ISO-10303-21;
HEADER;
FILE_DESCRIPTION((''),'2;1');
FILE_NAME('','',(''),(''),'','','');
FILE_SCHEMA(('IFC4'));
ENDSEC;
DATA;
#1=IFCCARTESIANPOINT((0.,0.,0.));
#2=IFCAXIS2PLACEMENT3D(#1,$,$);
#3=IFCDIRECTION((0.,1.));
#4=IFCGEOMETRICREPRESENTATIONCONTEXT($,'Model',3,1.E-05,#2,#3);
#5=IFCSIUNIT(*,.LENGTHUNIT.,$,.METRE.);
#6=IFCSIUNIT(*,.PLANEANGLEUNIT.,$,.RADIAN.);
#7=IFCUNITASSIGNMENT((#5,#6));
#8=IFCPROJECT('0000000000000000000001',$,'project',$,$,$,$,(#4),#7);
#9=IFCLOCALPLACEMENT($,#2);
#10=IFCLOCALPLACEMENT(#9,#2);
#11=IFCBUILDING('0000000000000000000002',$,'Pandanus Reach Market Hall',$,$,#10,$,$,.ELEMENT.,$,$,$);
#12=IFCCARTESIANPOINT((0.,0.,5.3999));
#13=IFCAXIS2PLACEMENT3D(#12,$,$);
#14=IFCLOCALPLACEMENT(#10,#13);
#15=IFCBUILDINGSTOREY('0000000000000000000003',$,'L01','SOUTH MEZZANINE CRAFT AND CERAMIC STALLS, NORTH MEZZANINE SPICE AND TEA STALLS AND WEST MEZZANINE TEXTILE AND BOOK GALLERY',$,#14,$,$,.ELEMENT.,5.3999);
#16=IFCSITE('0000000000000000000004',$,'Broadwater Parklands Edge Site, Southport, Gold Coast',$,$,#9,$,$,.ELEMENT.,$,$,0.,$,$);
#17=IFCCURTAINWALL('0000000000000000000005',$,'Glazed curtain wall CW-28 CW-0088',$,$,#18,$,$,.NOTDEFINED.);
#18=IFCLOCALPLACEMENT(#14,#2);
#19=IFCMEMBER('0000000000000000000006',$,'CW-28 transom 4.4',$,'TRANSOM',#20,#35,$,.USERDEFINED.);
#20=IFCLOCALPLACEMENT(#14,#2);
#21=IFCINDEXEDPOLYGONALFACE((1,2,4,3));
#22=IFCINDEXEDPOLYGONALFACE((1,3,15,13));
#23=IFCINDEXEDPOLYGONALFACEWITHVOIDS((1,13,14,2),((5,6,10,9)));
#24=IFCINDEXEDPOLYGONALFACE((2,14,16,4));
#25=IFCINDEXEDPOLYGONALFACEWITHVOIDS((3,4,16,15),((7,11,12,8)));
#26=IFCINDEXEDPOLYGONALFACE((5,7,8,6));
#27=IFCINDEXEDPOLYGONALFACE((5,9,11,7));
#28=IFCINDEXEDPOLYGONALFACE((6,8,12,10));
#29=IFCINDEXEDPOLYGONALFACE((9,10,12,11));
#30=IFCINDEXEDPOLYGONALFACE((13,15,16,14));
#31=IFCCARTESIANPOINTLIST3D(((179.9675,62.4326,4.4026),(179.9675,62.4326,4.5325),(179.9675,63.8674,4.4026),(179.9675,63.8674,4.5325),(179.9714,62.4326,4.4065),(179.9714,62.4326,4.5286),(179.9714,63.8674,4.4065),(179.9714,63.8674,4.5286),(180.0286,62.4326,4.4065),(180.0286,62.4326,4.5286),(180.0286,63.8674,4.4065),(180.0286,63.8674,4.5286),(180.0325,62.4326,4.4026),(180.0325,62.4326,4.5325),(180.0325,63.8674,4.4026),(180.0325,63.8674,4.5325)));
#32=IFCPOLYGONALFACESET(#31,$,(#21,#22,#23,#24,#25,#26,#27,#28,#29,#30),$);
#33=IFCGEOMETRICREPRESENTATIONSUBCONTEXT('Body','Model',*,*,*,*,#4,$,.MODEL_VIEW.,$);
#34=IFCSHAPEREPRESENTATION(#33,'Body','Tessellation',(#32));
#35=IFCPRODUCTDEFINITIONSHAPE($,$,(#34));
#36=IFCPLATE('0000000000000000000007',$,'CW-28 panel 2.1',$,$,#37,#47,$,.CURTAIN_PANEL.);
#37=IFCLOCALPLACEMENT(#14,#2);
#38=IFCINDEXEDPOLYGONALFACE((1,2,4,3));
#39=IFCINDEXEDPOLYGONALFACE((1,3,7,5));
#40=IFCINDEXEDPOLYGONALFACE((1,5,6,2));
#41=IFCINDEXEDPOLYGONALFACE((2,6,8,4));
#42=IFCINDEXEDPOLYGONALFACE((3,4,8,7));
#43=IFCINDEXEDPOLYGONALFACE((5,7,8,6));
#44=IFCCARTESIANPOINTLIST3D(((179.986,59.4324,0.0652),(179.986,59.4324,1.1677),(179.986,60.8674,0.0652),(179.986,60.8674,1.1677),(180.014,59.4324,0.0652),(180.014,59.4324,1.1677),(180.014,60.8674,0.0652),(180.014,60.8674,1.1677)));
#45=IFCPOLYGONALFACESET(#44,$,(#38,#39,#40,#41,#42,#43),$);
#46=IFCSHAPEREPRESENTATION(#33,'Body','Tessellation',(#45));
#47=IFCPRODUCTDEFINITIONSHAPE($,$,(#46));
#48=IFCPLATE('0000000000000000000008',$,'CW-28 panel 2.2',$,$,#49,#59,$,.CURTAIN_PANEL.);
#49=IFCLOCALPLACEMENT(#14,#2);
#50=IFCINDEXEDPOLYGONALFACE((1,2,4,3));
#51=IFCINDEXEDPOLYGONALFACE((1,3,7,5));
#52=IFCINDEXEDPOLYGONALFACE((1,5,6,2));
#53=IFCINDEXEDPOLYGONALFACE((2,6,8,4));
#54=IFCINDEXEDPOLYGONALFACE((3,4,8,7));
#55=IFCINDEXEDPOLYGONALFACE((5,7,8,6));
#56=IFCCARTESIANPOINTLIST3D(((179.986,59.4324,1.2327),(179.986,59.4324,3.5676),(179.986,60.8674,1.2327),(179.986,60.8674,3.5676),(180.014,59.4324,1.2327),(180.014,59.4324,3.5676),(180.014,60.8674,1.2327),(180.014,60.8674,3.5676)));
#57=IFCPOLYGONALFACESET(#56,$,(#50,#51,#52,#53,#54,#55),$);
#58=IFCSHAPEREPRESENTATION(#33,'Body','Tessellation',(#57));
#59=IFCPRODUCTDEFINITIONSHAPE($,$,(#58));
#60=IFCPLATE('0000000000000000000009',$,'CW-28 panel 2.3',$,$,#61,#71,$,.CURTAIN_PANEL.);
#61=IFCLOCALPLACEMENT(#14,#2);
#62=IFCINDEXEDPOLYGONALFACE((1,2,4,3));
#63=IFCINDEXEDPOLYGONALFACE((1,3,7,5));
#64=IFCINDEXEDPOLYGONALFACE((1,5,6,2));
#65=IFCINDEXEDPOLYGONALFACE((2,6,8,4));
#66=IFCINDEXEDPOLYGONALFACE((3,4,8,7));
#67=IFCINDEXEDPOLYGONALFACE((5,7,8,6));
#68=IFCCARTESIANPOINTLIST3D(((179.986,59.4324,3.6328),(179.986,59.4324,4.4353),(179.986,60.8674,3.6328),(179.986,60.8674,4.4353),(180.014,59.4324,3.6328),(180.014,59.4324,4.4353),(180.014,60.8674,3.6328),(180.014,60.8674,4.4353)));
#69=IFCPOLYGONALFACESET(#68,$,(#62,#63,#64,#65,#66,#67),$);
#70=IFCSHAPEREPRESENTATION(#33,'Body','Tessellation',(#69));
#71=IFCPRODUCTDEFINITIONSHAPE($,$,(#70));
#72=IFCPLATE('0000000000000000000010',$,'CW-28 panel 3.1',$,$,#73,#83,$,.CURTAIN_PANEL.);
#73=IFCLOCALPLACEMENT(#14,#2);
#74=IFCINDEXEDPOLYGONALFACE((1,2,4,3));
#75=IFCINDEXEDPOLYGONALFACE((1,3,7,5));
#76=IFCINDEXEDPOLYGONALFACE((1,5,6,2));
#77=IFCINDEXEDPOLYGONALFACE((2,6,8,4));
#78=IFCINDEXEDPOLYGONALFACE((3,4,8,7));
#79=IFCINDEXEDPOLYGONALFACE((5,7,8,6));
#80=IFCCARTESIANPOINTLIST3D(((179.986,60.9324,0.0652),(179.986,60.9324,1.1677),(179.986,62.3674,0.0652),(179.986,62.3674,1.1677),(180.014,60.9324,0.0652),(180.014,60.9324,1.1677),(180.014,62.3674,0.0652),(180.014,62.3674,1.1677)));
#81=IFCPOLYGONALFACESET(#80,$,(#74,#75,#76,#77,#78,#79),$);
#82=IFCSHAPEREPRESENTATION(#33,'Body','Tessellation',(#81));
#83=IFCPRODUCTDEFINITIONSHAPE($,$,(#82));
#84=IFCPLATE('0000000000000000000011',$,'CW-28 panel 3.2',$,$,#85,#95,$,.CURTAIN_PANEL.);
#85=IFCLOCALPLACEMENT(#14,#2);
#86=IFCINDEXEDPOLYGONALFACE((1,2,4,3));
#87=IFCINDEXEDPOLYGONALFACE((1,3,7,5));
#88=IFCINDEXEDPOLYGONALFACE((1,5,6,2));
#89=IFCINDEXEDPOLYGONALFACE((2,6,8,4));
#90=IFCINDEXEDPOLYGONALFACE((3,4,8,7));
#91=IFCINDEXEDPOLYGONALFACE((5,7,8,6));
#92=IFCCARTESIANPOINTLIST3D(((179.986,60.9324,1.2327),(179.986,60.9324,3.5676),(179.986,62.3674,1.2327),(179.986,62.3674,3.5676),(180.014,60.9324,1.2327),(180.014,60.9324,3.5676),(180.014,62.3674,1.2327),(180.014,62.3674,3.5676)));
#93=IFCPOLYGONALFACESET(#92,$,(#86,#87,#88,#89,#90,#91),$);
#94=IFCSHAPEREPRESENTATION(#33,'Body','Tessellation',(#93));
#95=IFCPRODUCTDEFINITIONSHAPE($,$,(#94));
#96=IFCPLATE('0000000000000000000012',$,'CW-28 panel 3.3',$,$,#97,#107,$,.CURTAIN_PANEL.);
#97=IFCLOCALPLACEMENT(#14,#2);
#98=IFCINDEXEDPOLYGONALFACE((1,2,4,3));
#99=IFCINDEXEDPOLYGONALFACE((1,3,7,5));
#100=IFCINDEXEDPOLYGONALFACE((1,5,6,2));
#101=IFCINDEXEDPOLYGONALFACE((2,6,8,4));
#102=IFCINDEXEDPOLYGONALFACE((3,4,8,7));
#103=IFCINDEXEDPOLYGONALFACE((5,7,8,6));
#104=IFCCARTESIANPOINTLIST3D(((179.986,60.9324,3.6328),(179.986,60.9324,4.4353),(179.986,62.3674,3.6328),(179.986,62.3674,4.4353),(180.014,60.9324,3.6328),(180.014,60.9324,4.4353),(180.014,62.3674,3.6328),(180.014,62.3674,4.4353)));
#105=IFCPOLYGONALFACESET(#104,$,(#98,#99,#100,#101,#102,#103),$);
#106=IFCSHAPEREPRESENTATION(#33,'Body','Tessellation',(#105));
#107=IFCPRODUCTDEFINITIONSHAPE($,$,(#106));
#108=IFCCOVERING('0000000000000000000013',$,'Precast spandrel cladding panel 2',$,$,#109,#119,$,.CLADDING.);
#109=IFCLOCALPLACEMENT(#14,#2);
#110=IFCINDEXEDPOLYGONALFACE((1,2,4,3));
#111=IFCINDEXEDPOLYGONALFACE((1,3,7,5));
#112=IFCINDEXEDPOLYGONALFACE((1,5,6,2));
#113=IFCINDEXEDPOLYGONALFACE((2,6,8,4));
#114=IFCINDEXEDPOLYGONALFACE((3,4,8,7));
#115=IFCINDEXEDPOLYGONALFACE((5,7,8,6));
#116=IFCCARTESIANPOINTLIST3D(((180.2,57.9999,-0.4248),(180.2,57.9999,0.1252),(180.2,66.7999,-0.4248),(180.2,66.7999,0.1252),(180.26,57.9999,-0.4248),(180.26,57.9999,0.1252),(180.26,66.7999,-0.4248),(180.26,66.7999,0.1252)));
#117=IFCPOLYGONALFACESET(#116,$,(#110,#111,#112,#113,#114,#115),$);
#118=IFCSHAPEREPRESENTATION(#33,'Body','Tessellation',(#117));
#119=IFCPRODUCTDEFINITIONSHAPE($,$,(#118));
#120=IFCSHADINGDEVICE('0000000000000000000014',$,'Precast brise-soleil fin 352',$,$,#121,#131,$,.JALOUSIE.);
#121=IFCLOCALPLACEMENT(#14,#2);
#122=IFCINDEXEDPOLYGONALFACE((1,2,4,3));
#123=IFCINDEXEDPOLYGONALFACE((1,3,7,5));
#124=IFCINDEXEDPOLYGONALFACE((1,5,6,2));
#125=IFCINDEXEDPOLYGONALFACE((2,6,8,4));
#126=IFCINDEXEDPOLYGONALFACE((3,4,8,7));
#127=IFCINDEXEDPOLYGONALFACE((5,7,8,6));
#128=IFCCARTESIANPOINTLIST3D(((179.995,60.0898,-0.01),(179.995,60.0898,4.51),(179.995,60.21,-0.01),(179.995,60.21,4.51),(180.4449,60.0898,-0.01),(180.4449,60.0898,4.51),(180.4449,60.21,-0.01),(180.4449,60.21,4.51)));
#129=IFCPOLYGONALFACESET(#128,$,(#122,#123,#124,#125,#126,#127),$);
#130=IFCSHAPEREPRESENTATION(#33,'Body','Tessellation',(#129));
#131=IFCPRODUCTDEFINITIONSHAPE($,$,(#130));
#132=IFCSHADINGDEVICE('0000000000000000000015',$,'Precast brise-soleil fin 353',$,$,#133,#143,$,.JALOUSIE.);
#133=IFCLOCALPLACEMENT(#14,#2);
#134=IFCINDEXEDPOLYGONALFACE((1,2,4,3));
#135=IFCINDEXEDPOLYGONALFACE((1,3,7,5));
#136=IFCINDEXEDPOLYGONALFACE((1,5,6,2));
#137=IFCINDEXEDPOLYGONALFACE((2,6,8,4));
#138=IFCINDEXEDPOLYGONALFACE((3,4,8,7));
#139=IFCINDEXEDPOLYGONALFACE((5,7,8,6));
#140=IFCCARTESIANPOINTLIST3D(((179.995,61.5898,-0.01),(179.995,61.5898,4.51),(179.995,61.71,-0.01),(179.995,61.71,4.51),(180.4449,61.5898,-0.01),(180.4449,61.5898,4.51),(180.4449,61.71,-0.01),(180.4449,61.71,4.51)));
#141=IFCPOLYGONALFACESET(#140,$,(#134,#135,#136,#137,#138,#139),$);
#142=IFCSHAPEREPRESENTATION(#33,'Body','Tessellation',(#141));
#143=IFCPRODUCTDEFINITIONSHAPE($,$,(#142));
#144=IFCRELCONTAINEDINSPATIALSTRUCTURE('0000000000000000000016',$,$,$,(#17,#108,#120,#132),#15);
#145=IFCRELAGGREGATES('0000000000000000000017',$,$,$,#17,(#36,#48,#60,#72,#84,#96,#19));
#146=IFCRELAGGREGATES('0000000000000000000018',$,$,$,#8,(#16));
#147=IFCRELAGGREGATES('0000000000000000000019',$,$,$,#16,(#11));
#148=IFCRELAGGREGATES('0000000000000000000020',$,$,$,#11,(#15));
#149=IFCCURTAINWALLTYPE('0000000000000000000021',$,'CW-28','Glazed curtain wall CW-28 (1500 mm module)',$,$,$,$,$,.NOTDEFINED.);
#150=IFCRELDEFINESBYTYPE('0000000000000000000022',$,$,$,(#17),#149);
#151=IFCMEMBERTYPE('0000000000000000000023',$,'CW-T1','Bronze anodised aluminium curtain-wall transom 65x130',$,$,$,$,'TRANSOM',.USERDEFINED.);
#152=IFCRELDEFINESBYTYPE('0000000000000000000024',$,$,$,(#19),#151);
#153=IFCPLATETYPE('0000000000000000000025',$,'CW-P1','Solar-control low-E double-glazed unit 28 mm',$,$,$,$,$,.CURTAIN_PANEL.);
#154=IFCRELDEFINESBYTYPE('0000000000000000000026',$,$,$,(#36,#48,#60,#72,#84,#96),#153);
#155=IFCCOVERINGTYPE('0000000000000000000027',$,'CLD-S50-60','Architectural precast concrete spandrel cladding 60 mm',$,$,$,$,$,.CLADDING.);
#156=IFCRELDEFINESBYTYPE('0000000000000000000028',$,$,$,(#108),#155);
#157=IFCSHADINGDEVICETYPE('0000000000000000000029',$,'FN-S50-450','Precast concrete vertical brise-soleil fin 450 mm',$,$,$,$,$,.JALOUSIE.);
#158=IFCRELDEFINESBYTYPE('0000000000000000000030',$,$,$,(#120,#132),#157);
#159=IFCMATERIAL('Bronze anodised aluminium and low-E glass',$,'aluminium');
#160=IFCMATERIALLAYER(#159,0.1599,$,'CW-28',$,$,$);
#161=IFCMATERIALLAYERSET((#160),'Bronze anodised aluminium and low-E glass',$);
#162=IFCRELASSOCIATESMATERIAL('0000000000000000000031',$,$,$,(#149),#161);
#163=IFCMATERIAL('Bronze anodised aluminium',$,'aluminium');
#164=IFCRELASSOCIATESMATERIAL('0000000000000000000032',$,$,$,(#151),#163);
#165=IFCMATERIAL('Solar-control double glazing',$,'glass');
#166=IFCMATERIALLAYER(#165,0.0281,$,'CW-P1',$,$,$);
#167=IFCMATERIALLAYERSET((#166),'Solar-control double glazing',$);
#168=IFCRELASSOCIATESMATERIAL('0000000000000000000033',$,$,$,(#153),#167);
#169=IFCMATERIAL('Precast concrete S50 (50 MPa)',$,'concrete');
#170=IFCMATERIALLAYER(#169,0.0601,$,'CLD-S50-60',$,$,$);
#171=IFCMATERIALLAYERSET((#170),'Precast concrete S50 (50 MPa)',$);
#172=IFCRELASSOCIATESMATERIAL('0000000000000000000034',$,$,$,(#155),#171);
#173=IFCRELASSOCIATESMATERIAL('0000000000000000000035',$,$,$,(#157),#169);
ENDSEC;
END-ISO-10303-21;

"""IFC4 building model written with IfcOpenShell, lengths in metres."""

from ifc_helpers import new_model, si_unit, direction, frame, origin, origin_2d, place, context, subcontext, project, spatial, rectangle, hollow_rectangle, extrude, material, layer, layer_set, material_profile, profile_set, type_object, element, aggregate, save


model = new_model("IFC4")

# Units and contexts
model_context = context("Model", 3, precision=1e-05, world=origin(), true_north=direction((0.0, 1.0)))
body_context = subcontext(model_context, "Body", "Model", "MODEL_VIEW")
ifc_project = project(units=[si_unit("LENGTHUNIT", "METRE"), si_unit("PLANEANGLEUNIT", "RADIAN")], contexts=[model_context])

# Site, building, storey
site_placement = place(None, origin())
site = spatial("IfcSite", under=ifc_project, at=site_placement, Name="Broadwater Parklands Edge Site, Southport, Gold Coast", CompositionType="ELEMENT", RefElevation=0.0)
building_placement = place(site_placement, origin())
building = spatial("IfcBuilding", under=site, at=building_placement, Name="Pandanus Reach Market Hall", CompositionType="ELEMENT")
storey_placement = place(building_placement, frame((0.0, 0.0, 5.3999)))
storey = spatial("IfcBuildingStorey", under=building, at=storey_placement, Name="L01", Description="SOUTH MEZZANINE CRAFT AND CERAMIC STALLS, NORTH MEZZANINE SPICE AND TEA STALLS AND WEST MEZZANINE TEXTILE AND BOOK GALLERY", CompositionType="ELEMENT", Elevation=5.3999)

# Curtain wall, member, plates
ifc_material_1 = material(Name="Bronze anodised aluminium and low-E glass", Category="aluminium")
ifc_layer_1 = layer(ifc_material_1, 0.1599, Name="CW-28")
ifc_layer_set_1 = layer_set([ifc_layer_1], Name="Bronze anodised aluminium and low-E glass")
curtain_wall_type = type_object("IfcCurtainWallType", Name="CW-28", Description="Glazed curtain wall CW-28 (1500 mm module)", PredefinedType="NOTDEFINED", material=ifc_layer_set_1)
curtain_wall_placement = place(storey_placement, origin())
curtain_wall = element("IfcCurtainWall", 1, at=curtain_wall_placement, inside=storey, type_object=curtain_wall_type, Name="Glazed curtain wall CW-28 CW-0088", PredefinedType="NOTDEFINED")
ifc_material_2 = material(Name="Bronze anodised aluminium", Category="aluminium")
ifc_material_profile_1 = material_profile(ifc_material_2, hollow_rectangle(XDim=0.0649, YDim=0.1299, WallThickness=0.0039, at=origin_2d()), Name="ALU65x130", Category="LoadBearing")
ifc_profile_set_1 = profile_set([ifc_material_profile_1], Name="Bronze anodised aluminium")
member_type_1 = type_object("IfcMemberType", Name="CW-T1", Description="Bronze anodised aluminium curtain-wall transom 65x130", ElementType="TRANSOM", PredefinedType="USERDEFINED", material=ifc_profile_set_1)
member_1_placement = place(storey_placement, frame((180.0, 62.4326, 4.4675), z_axis=(0.0, 1.0, 0.0), x_axis=(-1.0, 0.0, 0.0)))
member_1 = element("IfcMember", 2, at=member_1_placement, type_object=member_type_1, Name="CW-28 transom 4.4", ObjectType="TRANSOM", PredefinedType="USERDEFINED", context=body_context, shape_type="SweptSolid", body=[
    extrude(hollow_rectangle(XDim=0.0649, YDim=0.1299, WallThickness=0.0039, at=origin_2d()), origin(), (0.0, 0.0, 1.0), 1.4348),
])
ifc_material_3 = material(Name="Solar-control double glazing", Category="glass")
ifc_layer_2 = layer(ifc_material_3, 0.0281, Name="CW-P1")
ifc_layer_set_2 = layer_set([ifc_layer_2], Name="Solar-control double glazing")
plate_type = type_object("IfcPlateType", Name="CW-P1", Description="Solar-control low-E double-glazed unit 28 mm", PredefinedType="CURTAIN_PANEL", material=ifc_layer_set_2)
plate_1_placement = place(storey_placement, frame((180.0, 60.1499, 0.0652), z_axis=(0.0, 0.0, 1.0), x_axis=(0.0, 1.0, 0.0)))
plate_1 = element("IfcPlate", 3, at=plate_1_placement, type_object=plate_type, Name="CW-28 panel 2.1", PredefinedType="CURTAIN_PANEL", context=body_context, shape_type="SweptSolid", body=[
    extrude(rectangle(XDim=1.4351, YDim=0.0281, at=origin_2d()), origin(), (0.0, 0.0, 1.0), 1.1025),
])
plate_2_placement = place(storey_placement, frame((180.0, 60.1499, 1.2327), z_axis=(0.0, 0.0, 1.0), x_axis=(0.0, 1.0, 0.0)))
plate_2 = element("IfcPlate", 4, at=plate_2_placement, type_object=plate_type, Name="CW-28 panel 2.2", PredefinedType="CURTAIN_PANEL", context=body_context, shape_type="SweptSolid", body=[
    extrude(rectangle(XDim=1.4351, YDim=0.0281, at=origin_2d()), origin(), (0.0, 0.0, 1.0), 2.335),
])
plate_3_placement = place(storey_placement, frame((180.0, 60.1499, 3.6328), z_axis=(0.0, 0.0, 1.0), x_axis=(0.0, 1.0, 0.0)))
plate_3 = element("IfcPlate", 5, at=plate_3_placement, type_object=plate_type, Name="CW-28 panel 2.3", PredefinedType="CURTAIN_PANEL", context=body_context, shape_type="SweptSolid", body=[
    extrude(rectangle(XDim=1.4351, YDim=0.0281, at=origin_2d()), origin(), (0.0, 0.0, 1.0), 0.8025),
])
plate_4_placement = place(storey_placement, frame((180.0, 61.6499, 0.0652), z_axis=(0.0, 0.0, 1.0), x_axis=(0.0, 1.0, 0.0)))
plate_4 = element("IfcPlate", 6, at=plate_4_placement, type_object=plate_type, Name="CW-28 panel 3.1", PredefinedType="CURTAIN_PANEL", context=body_context, shape_type="SweptSolid", body=[
    extrude(rectangle(XDim=1.4351, YDim=0.0281, at=origin_2d()), origin(), (0.0, 0.0, 1.0), 1.1025),
])
plate_5_placement = place(storey_placement, frame((180.0, 61.6499, 1.2327), z_axis=(0.0, 0.0, 1.0), x_axis=(0.0, 1.0, 0.0)))
plate_5 = element("IfcPlate", 7, at=plate_5_placement, type_object=plate_type, Name="CW-28 panel 3.2", PredefinedType="CURTAIN_PANEL", context=body_context, shape_type="SweptSolid", body=[
    extrude(rectangle(XDim=1.4351, YDim=0.0281, at=origin_2d()), origin(), (0.0, 0.0, 1.0), 2.335),
])
plate_6_placement = place(storey_placement, frame((180.0, 61.6499, 3.6328), z_axis=(0.0, 0.0, 1.0), x_axis=(0.0, 1.0, 0.0)))
plate_6 = element("IfcPlate", 8, at=plate_6_placement, type_object=plate_type, Name="CW-28 panel 3.3", PredefinedType="CURTAIN_PANEL", context=body_context, shape_type="SweptSolid", body=[
    extrude(rectangle(XDim=1.4351, YDim=0.0281, at=origin_2d()), origin(), (0.0, 0.0, 1.0), 0.8025),
])
aggregate(curtain_wall, [plate_1, plate_2, plate_3, plate_4, plate_5, plate_6, member_1])

# Covering
ifc_material_4 = material(Name="Precast concrete S50 (50 MPa)", Category="concrete")
ifc_layer_3 = layer(ifc_material_4, 0.0601, Name="CLD-S50-60")
ifc_layer_set_3 = layer_set([ifc_layer_3], Name="Precast concrete S50 (50 MPa)")
covering_type = type_object("IfcCoveringType", Name="CLD-S50-60", Description="Architectural precast concrete spandrel cladding 60 mm", PredefinedType="CLADDING", material=ifc_layer_set_3)
covering_placement = place(storey_placement, frame((180.23, 62.3999, -0.4248), z_axis=(0.0, 0.0, 1.0), x_axis=(0.0, 1.0, 0.0)))
element("IfcCovering", 9, at=covering_placement, inside=storey, type_object=covering_type, Name="Precast spandrel cladding panel 2", PredefinedType="CLADDING", context=body_context, shape_type="SweptSolid", body=[
    extrude(rectangle(XDim=8.8, YDim=0.0601, at=origin_2d()), origin(), (0.0, 0.0, 1.0), 0.55),
])

# Shading devices
shading_device_type = type_object("IfcShadingDeviceType", Name="FN-S50-450", Description="Precast concrete vertical brise-soleil fin 450 mm", PredefinedType="JALOUSIE", material=ifc_material_4)
for number, where, z_axis, x_axis, name in (
    (10, (180.22, 60.1499, -0.01), (0.0, 0.0, 1.0), (1.0, 0.0, 0.0), "Precast brise-soleil fin 352"),
    (11, (180.22, 61.6499, -0.01), (0.0, 0.0, 1.0), (1.0, 0.0, 0.0), "Precast brise-soleil fin 353"),
):
    element("IfcShadingDevice", number, at=place(storey_placement, frame(where, z_axis=z_axis, x_axis=x_axis)), inside=storey, type_object=shading_device_type, Name=name, PredefinedType="JALOUSIE", context=body_context, shape_type="SweptSolid", body=[
        extrude(rectangle(XDim=0.45, YDim=0.1201, at=origin_2d()), origin(), (0.0, 0.0, 1.0), 4.52),
    ])

save(model, "model.ifc")
